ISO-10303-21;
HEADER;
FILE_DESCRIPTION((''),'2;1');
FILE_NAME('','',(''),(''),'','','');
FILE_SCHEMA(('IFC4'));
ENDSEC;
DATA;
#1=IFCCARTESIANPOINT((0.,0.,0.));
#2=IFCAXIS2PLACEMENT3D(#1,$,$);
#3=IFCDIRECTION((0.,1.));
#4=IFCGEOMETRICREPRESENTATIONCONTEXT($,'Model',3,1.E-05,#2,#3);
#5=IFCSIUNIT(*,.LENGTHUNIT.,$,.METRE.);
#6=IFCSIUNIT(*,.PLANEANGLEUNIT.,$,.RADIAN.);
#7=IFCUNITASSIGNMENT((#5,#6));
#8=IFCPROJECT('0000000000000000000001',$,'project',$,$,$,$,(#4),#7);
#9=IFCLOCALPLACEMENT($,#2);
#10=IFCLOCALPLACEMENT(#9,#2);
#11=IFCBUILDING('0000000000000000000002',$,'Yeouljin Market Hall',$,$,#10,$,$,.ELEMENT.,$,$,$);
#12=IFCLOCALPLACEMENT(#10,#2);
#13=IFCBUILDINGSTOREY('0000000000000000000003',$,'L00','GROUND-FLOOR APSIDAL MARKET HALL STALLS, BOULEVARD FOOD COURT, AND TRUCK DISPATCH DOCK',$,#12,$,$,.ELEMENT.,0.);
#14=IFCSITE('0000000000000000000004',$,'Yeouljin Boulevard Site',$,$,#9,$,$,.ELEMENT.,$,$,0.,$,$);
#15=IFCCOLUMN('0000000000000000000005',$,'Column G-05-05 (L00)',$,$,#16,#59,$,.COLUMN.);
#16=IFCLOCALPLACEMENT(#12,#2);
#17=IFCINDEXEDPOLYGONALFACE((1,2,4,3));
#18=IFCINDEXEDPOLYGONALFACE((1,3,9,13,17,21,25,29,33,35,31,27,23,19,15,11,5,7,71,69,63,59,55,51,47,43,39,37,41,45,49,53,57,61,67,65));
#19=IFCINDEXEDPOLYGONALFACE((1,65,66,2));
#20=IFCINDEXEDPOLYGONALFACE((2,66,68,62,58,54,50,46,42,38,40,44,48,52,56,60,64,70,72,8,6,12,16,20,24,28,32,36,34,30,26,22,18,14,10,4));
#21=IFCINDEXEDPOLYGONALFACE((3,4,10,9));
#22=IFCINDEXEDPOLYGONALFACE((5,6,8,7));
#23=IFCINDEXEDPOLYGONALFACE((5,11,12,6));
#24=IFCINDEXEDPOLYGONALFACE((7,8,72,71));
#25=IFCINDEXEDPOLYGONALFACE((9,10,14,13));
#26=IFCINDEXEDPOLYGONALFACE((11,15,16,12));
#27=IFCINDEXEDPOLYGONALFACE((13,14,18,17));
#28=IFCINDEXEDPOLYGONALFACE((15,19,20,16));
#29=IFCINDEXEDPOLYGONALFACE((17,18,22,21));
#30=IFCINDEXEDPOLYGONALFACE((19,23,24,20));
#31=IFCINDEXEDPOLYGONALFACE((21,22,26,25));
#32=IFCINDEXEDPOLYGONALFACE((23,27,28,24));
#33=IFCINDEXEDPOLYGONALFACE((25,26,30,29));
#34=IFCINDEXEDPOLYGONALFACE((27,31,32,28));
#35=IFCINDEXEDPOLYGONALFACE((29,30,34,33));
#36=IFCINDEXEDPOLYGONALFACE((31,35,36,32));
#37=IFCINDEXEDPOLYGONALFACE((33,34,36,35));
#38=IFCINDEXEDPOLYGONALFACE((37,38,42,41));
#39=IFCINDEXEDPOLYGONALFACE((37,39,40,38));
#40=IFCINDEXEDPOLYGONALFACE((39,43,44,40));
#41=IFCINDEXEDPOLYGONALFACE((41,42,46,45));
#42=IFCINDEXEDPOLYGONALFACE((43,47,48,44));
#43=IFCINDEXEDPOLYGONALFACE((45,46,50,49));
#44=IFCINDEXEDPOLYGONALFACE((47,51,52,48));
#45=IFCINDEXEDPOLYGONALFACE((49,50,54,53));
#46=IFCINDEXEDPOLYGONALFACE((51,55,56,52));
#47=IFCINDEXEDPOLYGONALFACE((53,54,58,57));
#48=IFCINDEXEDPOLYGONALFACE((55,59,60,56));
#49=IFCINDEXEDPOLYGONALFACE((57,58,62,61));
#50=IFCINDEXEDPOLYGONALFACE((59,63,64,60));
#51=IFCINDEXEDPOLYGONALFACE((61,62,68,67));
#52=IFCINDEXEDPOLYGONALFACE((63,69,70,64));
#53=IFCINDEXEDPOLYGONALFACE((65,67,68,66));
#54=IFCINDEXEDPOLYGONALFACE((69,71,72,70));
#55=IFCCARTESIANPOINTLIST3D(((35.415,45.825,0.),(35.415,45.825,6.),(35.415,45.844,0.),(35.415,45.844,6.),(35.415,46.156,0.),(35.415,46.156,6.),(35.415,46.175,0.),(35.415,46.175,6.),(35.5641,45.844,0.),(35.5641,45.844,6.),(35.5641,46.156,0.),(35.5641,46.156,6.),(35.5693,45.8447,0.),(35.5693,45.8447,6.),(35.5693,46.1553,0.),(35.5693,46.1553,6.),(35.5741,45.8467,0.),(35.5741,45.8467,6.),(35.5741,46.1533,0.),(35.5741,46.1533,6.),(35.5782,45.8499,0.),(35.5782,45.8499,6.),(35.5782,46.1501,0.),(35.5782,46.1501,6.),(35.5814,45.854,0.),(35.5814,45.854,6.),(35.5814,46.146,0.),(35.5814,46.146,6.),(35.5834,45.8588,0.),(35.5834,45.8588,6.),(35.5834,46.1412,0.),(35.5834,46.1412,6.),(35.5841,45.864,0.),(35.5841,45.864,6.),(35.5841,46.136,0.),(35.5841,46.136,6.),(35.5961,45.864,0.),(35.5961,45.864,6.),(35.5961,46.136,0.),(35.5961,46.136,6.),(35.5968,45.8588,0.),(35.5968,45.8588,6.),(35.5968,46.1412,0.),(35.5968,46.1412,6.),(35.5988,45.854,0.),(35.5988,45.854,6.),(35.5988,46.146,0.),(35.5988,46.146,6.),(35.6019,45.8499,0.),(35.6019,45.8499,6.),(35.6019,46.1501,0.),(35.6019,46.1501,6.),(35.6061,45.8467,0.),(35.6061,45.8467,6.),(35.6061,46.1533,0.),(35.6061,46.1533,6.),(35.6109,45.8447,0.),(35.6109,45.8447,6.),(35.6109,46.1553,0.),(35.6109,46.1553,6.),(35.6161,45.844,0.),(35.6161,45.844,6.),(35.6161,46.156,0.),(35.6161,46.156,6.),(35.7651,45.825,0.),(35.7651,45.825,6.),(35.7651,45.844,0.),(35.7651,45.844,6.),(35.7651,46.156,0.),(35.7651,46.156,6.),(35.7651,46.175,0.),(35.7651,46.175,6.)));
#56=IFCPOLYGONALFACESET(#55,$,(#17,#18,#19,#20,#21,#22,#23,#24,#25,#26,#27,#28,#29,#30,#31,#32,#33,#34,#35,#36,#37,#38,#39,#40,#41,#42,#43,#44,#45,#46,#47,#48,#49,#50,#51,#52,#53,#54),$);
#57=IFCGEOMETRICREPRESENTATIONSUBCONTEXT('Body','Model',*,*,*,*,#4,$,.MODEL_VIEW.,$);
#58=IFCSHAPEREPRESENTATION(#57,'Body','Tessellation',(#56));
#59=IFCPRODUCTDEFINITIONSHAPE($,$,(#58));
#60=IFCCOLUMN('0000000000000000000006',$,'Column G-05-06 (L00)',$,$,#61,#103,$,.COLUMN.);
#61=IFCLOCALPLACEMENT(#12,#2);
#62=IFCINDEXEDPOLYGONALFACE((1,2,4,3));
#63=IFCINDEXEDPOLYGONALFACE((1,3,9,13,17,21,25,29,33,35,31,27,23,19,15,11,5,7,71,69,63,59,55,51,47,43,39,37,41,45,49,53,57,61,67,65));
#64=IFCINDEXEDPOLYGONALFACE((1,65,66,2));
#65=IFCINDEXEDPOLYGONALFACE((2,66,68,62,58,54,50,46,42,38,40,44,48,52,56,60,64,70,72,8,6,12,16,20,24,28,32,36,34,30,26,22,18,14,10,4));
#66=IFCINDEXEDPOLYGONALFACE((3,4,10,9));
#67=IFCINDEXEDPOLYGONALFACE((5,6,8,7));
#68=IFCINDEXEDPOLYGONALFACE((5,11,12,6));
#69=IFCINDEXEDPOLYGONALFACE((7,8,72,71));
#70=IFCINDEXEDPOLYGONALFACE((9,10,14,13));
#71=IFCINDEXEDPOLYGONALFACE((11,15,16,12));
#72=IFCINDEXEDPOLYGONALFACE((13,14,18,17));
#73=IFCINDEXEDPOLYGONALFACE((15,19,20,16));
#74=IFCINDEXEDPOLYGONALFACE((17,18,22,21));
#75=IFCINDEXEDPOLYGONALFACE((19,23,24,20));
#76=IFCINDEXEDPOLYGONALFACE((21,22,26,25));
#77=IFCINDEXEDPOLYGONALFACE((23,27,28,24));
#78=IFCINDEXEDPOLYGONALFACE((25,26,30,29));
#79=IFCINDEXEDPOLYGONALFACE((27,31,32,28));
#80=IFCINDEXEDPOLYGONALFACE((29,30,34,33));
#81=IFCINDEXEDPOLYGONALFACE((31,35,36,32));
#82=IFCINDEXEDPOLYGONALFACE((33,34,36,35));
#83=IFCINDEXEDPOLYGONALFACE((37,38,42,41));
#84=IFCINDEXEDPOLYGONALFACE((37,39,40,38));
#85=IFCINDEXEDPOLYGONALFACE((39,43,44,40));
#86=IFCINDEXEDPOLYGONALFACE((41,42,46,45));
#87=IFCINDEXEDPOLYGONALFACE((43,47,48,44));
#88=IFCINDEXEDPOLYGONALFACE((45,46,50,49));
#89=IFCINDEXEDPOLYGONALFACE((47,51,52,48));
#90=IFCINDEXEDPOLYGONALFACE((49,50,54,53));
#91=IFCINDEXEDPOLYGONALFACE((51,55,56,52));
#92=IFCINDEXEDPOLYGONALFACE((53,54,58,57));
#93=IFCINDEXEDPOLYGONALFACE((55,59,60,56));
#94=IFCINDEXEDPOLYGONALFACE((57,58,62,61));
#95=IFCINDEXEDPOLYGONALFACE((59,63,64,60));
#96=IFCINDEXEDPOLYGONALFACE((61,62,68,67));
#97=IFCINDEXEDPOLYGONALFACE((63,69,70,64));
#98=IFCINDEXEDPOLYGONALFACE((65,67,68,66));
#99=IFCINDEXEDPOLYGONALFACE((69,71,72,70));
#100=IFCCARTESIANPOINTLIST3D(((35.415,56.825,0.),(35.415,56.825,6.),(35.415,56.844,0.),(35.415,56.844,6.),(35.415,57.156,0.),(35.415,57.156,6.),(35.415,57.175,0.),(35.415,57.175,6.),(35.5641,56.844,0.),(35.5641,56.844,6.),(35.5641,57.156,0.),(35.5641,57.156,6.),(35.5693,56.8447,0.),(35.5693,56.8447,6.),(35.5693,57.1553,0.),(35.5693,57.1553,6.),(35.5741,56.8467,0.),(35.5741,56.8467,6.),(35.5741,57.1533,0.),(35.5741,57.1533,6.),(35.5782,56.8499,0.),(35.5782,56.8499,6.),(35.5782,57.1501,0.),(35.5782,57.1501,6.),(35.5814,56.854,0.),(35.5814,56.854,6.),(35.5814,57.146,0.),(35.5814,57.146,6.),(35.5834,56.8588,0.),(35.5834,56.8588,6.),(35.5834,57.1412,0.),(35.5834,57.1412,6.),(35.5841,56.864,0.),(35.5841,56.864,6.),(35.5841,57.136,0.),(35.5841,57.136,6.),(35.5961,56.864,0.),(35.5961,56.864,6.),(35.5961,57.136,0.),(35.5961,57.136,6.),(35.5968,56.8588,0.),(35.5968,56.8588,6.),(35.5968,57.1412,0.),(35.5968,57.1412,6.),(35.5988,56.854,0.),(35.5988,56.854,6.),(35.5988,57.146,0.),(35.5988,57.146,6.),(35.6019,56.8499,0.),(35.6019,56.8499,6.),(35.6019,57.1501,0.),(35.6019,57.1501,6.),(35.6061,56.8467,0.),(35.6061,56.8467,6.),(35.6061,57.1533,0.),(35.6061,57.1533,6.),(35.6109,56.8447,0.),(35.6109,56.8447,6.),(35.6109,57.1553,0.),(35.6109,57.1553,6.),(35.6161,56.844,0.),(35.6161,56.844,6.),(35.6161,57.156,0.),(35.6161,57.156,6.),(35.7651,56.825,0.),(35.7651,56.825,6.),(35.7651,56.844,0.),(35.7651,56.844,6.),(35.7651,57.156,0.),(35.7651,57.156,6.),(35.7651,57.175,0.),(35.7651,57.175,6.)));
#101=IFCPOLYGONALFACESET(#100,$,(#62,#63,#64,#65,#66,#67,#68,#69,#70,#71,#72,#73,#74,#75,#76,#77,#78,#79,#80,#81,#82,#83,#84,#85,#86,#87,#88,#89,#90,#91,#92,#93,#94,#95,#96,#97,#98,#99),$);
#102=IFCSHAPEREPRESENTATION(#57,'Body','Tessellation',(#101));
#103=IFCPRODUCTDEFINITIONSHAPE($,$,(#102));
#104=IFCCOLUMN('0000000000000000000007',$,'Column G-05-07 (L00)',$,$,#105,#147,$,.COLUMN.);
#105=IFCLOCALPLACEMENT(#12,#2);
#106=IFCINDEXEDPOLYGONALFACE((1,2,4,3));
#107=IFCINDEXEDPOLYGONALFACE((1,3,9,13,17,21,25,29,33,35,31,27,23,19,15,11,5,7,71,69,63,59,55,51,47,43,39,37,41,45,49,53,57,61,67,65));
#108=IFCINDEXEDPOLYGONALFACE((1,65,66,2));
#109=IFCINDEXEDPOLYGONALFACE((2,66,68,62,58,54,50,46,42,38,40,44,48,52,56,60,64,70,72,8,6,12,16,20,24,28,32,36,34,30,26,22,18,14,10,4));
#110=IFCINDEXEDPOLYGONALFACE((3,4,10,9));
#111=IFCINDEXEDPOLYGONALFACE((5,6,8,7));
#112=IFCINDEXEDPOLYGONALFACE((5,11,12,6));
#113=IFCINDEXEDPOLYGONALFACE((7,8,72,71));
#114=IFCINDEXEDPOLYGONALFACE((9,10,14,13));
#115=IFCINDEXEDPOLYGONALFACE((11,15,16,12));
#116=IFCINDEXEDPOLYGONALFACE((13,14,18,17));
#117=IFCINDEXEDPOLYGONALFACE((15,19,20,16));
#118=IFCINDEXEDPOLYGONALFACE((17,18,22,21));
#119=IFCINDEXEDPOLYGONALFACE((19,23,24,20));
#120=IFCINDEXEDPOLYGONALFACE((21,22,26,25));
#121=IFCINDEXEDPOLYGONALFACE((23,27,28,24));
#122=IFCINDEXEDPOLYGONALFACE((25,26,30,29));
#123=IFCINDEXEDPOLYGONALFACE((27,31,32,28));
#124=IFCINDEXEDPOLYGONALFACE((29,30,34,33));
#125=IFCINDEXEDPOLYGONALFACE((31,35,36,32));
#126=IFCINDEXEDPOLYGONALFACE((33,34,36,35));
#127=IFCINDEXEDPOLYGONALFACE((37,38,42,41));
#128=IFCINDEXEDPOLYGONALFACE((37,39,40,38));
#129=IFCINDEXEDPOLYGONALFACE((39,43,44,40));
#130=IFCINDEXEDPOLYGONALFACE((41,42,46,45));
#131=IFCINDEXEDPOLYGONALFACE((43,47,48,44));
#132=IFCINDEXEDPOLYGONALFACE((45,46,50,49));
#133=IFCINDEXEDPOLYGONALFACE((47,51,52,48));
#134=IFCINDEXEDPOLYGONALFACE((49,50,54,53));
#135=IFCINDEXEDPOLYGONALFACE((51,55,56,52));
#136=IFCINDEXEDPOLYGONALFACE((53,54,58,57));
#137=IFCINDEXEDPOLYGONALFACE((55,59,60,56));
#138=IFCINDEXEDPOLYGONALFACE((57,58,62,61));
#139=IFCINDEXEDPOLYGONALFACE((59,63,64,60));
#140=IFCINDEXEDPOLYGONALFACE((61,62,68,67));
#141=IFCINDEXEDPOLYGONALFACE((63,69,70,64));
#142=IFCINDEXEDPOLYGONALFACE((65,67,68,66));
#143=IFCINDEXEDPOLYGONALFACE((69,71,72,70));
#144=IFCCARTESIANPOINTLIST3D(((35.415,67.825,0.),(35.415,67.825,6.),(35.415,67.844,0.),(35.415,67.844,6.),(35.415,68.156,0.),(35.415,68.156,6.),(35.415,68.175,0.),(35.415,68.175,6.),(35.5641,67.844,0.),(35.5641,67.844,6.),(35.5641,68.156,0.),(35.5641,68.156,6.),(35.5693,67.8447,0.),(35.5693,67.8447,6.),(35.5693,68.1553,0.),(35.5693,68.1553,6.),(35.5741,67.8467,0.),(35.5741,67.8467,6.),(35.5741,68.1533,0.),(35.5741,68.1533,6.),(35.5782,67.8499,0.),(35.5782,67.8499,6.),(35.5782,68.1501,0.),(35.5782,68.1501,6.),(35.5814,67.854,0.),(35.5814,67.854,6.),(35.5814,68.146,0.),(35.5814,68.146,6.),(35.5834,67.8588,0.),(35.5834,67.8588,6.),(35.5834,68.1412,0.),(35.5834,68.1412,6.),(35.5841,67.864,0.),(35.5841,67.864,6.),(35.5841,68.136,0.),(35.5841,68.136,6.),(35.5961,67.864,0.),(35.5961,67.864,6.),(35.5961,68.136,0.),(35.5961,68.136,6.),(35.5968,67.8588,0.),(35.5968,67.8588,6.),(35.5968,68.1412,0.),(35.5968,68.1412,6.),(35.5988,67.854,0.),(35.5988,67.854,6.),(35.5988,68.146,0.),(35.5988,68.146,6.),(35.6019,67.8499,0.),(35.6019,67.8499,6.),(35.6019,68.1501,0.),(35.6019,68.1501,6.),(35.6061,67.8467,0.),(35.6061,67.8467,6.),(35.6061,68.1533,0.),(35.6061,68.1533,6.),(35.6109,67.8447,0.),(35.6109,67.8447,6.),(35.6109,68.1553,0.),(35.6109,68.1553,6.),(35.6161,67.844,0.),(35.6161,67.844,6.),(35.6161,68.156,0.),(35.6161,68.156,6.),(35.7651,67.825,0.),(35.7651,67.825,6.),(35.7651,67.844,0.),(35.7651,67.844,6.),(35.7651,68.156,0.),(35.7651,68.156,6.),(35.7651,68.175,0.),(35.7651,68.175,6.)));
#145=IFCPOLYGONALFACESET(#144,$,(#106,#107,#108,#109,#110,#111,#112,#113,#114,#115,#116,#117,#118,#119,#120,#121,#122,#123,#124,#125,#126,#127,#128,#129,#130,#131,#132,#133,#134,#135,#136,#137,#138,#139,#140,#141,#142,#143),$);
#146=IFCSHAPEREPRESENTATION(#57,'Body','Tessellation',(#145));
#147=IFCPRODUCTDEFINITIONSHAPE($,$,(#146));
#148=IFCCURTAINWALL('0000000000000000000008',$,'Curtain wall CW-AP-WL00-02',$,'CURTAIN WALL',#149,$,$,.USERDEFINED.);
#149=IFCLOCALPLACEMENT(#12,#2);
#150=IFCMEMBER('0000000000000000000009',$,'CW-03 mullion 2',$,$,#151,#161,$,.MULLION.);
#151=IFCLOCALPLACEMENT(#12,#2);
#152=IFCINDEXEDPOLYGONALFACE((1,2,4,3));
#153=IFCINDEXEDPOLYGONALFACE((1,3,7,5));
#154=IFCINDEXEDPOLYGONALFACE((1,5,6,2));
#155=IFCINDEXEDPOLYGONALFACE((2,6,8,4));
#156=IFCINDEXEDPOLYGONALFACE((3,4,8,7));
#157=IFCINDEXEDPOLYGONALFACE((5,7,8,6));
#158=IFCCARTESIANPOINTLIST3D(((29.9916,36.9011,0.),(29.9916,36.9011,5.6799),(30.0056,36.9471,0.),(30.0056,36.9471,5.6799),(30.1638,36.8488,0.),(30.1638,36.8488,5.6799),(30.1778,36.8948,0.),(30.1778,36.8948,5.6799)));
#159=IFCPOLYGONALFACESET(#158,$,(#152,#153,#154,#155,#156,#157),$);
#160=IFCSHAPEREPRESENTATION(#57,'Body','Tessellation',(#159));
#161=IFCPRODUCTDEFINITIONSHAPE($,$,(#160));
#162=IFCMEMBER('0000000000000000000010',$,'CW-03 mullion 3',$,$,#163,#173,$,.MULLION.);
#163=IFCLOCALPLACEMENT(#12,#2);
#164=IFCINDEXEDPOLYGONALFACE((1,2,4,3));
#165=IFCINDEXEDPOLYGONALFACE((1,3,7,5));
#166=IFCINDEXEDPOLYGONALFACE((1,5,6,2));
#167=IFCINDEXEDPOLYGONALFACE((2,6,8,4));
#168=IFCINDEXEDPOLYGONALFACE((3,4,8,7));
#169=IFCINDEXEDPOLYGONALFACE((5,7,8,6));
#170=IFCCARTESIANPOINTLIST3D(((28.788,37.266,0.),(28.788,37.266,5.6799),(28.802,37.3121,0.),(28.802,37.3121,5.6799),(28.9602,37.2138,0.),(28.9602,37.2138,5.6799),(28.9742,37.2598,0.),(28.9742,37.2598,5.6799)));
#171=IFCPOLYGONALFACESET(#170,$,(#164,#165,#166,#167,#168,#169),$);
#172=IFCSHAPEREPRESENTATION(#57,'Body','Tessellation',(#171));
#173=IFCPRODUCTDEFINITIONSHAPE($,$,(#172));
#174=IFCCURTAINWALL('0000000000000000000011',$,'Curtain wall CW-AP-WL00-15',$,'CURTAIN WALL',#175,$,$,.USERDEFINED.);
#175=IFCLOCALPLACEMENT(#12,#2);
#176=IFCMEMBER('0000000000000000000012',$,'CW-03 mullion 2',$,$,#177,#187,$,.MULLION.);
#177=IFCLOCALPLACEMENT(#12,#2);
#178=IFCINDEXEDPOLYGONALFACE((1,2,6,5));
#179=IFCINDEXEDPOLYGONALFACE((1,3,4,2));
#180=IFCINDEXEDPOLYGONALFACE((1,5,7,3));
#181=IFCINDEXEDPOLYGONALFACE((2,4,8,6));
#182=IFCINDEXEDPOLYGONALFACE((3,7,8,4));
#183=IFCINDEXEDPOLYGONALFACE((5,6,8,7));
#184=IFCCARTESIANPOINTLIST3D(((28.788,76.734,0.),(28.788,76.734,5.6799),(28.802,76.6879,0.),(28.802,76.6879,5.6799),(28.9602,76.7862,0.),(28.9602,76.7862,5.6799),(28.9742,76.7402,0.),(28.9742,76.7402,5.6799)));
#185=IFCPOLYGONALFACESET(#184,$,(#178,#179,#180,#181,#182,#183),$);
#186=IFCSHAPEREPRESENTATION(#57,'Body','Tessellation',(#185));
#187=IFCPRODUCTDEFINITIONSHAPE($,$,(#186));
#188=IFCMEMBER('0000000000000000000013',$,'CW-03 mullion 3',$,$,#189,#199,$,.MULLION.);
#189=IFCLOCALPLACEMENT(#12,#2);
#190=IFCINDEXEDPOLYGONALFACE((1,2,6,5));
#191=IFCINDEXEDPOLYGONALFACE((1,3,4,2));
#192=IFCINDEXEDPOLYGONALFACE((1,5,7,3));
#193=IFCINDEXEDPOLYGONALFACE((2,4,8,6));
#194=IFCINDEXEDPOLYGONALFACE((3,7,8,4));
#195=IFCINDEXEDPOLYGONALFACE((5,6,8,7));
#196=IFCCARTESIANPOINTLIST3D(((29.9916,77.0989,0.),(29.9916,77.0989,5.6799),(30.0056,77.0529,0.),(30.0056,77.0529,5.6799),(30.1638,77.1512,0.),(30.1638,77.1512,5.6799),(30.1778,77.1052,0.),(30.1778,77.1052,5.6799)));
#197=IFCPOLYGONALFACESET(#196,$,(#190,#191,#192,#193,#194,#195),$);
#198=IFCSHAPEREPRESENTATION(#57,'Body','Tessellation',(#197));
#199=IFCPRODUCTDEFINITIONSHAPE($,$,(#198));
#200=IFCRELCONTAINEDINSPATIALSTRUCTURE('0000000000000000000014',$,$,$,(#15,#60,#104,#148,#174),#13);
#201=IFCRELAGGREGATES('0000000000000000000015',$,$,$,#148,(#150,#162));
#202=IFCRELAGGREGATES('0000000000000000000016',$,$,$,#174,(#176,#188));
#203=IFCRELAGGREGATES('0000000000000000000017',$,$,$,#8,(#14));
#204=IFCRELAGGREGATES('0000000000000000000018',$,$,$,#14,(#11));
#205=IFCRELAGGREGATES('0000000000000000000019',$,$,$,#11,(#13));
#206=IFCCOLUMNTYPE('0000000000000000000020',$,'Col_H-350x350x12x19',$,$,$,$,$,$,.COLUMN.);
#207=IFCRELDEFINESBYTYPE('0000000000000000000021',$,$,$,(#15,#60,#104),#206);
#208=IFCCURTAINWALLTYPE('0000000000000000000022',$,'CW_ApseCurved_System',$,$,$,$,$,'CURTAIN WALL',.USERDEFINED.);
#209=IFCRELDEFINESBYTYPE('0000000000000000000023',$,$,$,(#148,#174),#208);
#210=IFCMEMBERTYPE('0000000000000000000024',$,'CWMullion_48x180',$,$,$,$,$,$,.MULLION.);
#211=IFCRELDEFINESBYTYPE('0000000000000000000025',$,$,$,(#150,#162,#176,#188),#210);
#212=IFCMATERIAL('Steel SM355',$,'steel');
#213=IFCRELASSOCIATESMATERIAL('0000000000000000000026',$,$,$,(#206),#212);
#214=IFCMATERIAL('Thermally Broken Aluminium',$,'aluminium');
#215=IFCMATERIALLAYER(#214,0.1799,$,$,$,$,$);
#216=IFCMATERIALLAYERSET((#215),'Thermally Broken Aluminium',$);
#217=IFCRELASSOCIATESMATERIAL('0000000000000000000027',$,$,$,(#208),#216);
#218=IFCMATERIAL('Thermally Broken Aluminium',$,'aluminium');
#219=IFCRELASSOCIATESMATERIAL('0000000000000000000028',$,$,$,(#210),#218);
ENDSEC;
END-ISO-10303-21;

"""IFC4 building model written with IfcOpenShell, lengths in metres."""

from ifc_helpers import new_model, si_unit, direction, frame, origin, origin_2d, place, context, subcontext, project, spatial, rectangle, i_section, extrude, material, layer, layer_set, material_profile, profile_set, type_object, element, aggregate, save


model = new_model("IFC4")

# Units and contexts
model_context = context("Model", 3, precision=1e-05, world=origin(), true_north=direction((0.0, 1.0)))
body_context = subcontext(model_context, "Body", "Model", "MODEL_VIEW")
ifc_project = project(units=[si_unit("LENGTHUNIT", "METRE"), si_unit("PLANEANGLEUNIT", "RADIAN")], contexts=[model_context])

# Site, building, storey
site_placement = place(None, origin())
site = spatial("IfcSite", under=ifc_project, at=site_placement, Name="Yeouljin Boulevard Site", CompositionType="ELEMENT", RefElevation=0.0)
building_placement = place(site_placement, origin())
building = spatial("IfcBuilding", under=site, at=building_placement, Name="Yeouljin Market Hall", CompositionType="ELEMENT")
storey_placement = place(building_placement, origin())
storey = spatial("IfcBuildingStorey", under=building, at=storey_placement, Name="L00", Description="GROUND-FLOOR APSIDAL MARKET HALL STALLS, BOULEVARD FOOD COURT, AND TRUCK DISPATCH DOCK", CompositionType="ELEMENT", Elevation=0.0)

# Columns
ifc_material_1 = material(Name="Steel SM355", Category="steel")
ifc_material_profile_1 = material_profile(ifc_material_1, i_section(OverallWidth=0.3501, OverallDepth=0.3501, WebThickness=0.012, FlangeThickness=0.019, FilletRadius=0.02, at=origin_2d()), Name="H-350x350x12x19")
ifc_profile_set_1 = profile_set([ifc_material_profile_1], Name="Steel SM355")
column_type = type_object("IfcColumnType", Name="Col_H-350x350x12x19", PredefinedType="COLUMN", material=ifc_profile_set_1)
for number, where, z_axis, x_axis, name in (
    (1, (35.5901, 46.0, 0.0), (0.0, 0.0, 1.0), (1.0, 0.0, 0.0), "Column G-05-05 (L00)"),
    (2, (35.5901, 57.0, 0.0), (0.0, 0.0, 1.0), (1.0, 0.0, 0.0), "Column G-05-06 (L00)"),
    (3, (35.5901, 68.0, 0.0), (0.0, 0.0, 1.0), (1.0, 0.0, 0.0), "Column G-05-07 (L00)"),
):
    element("IfcColumn", number, at=place(storey_placement, frame(where, z_axis=z_axis, x_axis=x_axis)), inside=storey, type_object=column_type, Name=name, PredefinedType="COLUMN", context=body_context, shape_type="SweptSolid", body=[
        extrude(i_section(OverallWidth=0.3501, OverallDepth=0.3501, WebThickness=0.012, FlangeThickness=0.019, FilletRadius=0.02, at=origin_2d()), origin(), (0.0, 0.0, 1.0), 6.0),
    ])

# Curtain walls, members
ifc_material_2 = material(Name="Thermally Broken Aluminium", Category="aluminium")
ifc_layer_1 = layer(ifc_material_2, 0.1799)
ifc_layer_set_1 = layer_set([ifc_layer_1], Name="Thermally Broken Aluminium")
curtain_wall_type = type_object("IfcCurtainWallType", Name="CW_ApseCurved_System", ElementType="CURTAIN WALL", PredefinedType="USERDEFINED", material=ifc_layer_set_1)
curtain_wall_1_placement = place(storey_placement, origin())
curtain_wall_1 = element("IfcCurtainWall", 4, at=curtain_wall_1_placement, inside=storey, type_object=curtain_wall_type, Name="Curtain wall CW-AP-WL00-02", ObjectType="CURTAIN WALL", PredefinedType="USERDEFINED")
ifc_material_3 = material(Name="Thermally Broken Aluminium", Category="aluminium")
ifc_material_profile_2 = material_profile(ifc_material_3, rectangle(XDim=0.0481, YDim=0.1799, at=origin_2d()), Name="CW-MULL-48x180")
ifc_profile_set_2 = profile_set([ifc_material_profile_2], Name="Thermally Broken Aluminium")
member_type_1 = type_object("IfcMemberType", Name="CWMullion_48x180", PredefinedType="MULLION", material=ifc_profile_set_2)
member_1_placement = place(storey_placement, frame((30.0847, 36.8979, 0.0), z_axis=(0.0, 0.0, 1.0), x_axis=(-0.290286, -0.95694, 0.0)))
member_1 = element("IfcMember", 5, at=member_1_placement, type_object=member_type_1, Name="CW-03 mullion 2", PredefinedType="MULLION", context=body_context, shape_type="SweptSolid", body=[
    extrude(rectangle(XDim=0.0481, YDim=0.1799, at=origin_2d()), origin(), (0.0, 0.0, 1.0), 5.6799),
])
member_2_placement = place(storey_placement, frame((28.8811, 37.2629, 0.0), z_axis=(0.0, 0.0, 1.0), x_axis=(-0.290286, -0.95694, 0.0)))
member_2 = element("IfcMember", 6, at=member_2_placement, type_object=member_type_1, Name="CW-03 mullion 3", PredefinedType="MULLION", context=body_context, shape_type="SweptSolid", body=[
    extrude(rectangle(XDim=0.0481, YDim=0.1799, at=origin_2d()), origin(), (0.0, 0.0, 1.0), 5.6799),
])
curtain_wall_2_placement = place(storey_placement, origin())
curtain_wall_2 = element("IfcCurtainWall", 7, at=curtain_wall_2_placement, inside=storey, type_object=curtain_wall_type, Name="Curtain wall CW-AP-WL00-15", ObjectType="CURTAIN WALL", PredefinedType="USERDEFINED")
member_3_placement = place(storey_placement, frame((28.8811, 76.7371, 0.0), z_axis=(0.0, 0.0, 1.0), x_axis=(-0.290286, 0.95694, 0.0)))
member_3 = element("IfcMember", 8, at=member_3_placement, type_object=member_type_1, Name="CW-03 mullion 2", PredefinedType="MULLION", context=body_context, shape_type="SweptSolid", body=[
    extrude(rectangle(XDim=0.0481, YDim=0.1799, at=origin_2d()), origin(), (0.0, 0.0, 1.0), 5.6799),
])
member_4_placement = place(storey_placement, frame((30.0847, 77.1021, 0.0), z_axis=(0.0, 0.0, 1.0), x_axis=(-0.290286, 0.95694, 0.0)))
member_4 = element("IfcMember", 9, at=member_4_placement, type_object=member_type_1, Name="CW-03 mullion 3", PredefinedType="MULLION", context=body_context, shape_type="SweptSolid", body=[
    extrude(rectangle(XDim=0.0481, YDim=0.1799, at=origin_2d()), origin(), (0.0, 0.0, 1.0), 5.6799),
])

aggregate(curtain_wall_1, [member_1, member_2])
aggregate(curtain_wall_2, [member_3, member_4])

save(model, "model.ifc")
